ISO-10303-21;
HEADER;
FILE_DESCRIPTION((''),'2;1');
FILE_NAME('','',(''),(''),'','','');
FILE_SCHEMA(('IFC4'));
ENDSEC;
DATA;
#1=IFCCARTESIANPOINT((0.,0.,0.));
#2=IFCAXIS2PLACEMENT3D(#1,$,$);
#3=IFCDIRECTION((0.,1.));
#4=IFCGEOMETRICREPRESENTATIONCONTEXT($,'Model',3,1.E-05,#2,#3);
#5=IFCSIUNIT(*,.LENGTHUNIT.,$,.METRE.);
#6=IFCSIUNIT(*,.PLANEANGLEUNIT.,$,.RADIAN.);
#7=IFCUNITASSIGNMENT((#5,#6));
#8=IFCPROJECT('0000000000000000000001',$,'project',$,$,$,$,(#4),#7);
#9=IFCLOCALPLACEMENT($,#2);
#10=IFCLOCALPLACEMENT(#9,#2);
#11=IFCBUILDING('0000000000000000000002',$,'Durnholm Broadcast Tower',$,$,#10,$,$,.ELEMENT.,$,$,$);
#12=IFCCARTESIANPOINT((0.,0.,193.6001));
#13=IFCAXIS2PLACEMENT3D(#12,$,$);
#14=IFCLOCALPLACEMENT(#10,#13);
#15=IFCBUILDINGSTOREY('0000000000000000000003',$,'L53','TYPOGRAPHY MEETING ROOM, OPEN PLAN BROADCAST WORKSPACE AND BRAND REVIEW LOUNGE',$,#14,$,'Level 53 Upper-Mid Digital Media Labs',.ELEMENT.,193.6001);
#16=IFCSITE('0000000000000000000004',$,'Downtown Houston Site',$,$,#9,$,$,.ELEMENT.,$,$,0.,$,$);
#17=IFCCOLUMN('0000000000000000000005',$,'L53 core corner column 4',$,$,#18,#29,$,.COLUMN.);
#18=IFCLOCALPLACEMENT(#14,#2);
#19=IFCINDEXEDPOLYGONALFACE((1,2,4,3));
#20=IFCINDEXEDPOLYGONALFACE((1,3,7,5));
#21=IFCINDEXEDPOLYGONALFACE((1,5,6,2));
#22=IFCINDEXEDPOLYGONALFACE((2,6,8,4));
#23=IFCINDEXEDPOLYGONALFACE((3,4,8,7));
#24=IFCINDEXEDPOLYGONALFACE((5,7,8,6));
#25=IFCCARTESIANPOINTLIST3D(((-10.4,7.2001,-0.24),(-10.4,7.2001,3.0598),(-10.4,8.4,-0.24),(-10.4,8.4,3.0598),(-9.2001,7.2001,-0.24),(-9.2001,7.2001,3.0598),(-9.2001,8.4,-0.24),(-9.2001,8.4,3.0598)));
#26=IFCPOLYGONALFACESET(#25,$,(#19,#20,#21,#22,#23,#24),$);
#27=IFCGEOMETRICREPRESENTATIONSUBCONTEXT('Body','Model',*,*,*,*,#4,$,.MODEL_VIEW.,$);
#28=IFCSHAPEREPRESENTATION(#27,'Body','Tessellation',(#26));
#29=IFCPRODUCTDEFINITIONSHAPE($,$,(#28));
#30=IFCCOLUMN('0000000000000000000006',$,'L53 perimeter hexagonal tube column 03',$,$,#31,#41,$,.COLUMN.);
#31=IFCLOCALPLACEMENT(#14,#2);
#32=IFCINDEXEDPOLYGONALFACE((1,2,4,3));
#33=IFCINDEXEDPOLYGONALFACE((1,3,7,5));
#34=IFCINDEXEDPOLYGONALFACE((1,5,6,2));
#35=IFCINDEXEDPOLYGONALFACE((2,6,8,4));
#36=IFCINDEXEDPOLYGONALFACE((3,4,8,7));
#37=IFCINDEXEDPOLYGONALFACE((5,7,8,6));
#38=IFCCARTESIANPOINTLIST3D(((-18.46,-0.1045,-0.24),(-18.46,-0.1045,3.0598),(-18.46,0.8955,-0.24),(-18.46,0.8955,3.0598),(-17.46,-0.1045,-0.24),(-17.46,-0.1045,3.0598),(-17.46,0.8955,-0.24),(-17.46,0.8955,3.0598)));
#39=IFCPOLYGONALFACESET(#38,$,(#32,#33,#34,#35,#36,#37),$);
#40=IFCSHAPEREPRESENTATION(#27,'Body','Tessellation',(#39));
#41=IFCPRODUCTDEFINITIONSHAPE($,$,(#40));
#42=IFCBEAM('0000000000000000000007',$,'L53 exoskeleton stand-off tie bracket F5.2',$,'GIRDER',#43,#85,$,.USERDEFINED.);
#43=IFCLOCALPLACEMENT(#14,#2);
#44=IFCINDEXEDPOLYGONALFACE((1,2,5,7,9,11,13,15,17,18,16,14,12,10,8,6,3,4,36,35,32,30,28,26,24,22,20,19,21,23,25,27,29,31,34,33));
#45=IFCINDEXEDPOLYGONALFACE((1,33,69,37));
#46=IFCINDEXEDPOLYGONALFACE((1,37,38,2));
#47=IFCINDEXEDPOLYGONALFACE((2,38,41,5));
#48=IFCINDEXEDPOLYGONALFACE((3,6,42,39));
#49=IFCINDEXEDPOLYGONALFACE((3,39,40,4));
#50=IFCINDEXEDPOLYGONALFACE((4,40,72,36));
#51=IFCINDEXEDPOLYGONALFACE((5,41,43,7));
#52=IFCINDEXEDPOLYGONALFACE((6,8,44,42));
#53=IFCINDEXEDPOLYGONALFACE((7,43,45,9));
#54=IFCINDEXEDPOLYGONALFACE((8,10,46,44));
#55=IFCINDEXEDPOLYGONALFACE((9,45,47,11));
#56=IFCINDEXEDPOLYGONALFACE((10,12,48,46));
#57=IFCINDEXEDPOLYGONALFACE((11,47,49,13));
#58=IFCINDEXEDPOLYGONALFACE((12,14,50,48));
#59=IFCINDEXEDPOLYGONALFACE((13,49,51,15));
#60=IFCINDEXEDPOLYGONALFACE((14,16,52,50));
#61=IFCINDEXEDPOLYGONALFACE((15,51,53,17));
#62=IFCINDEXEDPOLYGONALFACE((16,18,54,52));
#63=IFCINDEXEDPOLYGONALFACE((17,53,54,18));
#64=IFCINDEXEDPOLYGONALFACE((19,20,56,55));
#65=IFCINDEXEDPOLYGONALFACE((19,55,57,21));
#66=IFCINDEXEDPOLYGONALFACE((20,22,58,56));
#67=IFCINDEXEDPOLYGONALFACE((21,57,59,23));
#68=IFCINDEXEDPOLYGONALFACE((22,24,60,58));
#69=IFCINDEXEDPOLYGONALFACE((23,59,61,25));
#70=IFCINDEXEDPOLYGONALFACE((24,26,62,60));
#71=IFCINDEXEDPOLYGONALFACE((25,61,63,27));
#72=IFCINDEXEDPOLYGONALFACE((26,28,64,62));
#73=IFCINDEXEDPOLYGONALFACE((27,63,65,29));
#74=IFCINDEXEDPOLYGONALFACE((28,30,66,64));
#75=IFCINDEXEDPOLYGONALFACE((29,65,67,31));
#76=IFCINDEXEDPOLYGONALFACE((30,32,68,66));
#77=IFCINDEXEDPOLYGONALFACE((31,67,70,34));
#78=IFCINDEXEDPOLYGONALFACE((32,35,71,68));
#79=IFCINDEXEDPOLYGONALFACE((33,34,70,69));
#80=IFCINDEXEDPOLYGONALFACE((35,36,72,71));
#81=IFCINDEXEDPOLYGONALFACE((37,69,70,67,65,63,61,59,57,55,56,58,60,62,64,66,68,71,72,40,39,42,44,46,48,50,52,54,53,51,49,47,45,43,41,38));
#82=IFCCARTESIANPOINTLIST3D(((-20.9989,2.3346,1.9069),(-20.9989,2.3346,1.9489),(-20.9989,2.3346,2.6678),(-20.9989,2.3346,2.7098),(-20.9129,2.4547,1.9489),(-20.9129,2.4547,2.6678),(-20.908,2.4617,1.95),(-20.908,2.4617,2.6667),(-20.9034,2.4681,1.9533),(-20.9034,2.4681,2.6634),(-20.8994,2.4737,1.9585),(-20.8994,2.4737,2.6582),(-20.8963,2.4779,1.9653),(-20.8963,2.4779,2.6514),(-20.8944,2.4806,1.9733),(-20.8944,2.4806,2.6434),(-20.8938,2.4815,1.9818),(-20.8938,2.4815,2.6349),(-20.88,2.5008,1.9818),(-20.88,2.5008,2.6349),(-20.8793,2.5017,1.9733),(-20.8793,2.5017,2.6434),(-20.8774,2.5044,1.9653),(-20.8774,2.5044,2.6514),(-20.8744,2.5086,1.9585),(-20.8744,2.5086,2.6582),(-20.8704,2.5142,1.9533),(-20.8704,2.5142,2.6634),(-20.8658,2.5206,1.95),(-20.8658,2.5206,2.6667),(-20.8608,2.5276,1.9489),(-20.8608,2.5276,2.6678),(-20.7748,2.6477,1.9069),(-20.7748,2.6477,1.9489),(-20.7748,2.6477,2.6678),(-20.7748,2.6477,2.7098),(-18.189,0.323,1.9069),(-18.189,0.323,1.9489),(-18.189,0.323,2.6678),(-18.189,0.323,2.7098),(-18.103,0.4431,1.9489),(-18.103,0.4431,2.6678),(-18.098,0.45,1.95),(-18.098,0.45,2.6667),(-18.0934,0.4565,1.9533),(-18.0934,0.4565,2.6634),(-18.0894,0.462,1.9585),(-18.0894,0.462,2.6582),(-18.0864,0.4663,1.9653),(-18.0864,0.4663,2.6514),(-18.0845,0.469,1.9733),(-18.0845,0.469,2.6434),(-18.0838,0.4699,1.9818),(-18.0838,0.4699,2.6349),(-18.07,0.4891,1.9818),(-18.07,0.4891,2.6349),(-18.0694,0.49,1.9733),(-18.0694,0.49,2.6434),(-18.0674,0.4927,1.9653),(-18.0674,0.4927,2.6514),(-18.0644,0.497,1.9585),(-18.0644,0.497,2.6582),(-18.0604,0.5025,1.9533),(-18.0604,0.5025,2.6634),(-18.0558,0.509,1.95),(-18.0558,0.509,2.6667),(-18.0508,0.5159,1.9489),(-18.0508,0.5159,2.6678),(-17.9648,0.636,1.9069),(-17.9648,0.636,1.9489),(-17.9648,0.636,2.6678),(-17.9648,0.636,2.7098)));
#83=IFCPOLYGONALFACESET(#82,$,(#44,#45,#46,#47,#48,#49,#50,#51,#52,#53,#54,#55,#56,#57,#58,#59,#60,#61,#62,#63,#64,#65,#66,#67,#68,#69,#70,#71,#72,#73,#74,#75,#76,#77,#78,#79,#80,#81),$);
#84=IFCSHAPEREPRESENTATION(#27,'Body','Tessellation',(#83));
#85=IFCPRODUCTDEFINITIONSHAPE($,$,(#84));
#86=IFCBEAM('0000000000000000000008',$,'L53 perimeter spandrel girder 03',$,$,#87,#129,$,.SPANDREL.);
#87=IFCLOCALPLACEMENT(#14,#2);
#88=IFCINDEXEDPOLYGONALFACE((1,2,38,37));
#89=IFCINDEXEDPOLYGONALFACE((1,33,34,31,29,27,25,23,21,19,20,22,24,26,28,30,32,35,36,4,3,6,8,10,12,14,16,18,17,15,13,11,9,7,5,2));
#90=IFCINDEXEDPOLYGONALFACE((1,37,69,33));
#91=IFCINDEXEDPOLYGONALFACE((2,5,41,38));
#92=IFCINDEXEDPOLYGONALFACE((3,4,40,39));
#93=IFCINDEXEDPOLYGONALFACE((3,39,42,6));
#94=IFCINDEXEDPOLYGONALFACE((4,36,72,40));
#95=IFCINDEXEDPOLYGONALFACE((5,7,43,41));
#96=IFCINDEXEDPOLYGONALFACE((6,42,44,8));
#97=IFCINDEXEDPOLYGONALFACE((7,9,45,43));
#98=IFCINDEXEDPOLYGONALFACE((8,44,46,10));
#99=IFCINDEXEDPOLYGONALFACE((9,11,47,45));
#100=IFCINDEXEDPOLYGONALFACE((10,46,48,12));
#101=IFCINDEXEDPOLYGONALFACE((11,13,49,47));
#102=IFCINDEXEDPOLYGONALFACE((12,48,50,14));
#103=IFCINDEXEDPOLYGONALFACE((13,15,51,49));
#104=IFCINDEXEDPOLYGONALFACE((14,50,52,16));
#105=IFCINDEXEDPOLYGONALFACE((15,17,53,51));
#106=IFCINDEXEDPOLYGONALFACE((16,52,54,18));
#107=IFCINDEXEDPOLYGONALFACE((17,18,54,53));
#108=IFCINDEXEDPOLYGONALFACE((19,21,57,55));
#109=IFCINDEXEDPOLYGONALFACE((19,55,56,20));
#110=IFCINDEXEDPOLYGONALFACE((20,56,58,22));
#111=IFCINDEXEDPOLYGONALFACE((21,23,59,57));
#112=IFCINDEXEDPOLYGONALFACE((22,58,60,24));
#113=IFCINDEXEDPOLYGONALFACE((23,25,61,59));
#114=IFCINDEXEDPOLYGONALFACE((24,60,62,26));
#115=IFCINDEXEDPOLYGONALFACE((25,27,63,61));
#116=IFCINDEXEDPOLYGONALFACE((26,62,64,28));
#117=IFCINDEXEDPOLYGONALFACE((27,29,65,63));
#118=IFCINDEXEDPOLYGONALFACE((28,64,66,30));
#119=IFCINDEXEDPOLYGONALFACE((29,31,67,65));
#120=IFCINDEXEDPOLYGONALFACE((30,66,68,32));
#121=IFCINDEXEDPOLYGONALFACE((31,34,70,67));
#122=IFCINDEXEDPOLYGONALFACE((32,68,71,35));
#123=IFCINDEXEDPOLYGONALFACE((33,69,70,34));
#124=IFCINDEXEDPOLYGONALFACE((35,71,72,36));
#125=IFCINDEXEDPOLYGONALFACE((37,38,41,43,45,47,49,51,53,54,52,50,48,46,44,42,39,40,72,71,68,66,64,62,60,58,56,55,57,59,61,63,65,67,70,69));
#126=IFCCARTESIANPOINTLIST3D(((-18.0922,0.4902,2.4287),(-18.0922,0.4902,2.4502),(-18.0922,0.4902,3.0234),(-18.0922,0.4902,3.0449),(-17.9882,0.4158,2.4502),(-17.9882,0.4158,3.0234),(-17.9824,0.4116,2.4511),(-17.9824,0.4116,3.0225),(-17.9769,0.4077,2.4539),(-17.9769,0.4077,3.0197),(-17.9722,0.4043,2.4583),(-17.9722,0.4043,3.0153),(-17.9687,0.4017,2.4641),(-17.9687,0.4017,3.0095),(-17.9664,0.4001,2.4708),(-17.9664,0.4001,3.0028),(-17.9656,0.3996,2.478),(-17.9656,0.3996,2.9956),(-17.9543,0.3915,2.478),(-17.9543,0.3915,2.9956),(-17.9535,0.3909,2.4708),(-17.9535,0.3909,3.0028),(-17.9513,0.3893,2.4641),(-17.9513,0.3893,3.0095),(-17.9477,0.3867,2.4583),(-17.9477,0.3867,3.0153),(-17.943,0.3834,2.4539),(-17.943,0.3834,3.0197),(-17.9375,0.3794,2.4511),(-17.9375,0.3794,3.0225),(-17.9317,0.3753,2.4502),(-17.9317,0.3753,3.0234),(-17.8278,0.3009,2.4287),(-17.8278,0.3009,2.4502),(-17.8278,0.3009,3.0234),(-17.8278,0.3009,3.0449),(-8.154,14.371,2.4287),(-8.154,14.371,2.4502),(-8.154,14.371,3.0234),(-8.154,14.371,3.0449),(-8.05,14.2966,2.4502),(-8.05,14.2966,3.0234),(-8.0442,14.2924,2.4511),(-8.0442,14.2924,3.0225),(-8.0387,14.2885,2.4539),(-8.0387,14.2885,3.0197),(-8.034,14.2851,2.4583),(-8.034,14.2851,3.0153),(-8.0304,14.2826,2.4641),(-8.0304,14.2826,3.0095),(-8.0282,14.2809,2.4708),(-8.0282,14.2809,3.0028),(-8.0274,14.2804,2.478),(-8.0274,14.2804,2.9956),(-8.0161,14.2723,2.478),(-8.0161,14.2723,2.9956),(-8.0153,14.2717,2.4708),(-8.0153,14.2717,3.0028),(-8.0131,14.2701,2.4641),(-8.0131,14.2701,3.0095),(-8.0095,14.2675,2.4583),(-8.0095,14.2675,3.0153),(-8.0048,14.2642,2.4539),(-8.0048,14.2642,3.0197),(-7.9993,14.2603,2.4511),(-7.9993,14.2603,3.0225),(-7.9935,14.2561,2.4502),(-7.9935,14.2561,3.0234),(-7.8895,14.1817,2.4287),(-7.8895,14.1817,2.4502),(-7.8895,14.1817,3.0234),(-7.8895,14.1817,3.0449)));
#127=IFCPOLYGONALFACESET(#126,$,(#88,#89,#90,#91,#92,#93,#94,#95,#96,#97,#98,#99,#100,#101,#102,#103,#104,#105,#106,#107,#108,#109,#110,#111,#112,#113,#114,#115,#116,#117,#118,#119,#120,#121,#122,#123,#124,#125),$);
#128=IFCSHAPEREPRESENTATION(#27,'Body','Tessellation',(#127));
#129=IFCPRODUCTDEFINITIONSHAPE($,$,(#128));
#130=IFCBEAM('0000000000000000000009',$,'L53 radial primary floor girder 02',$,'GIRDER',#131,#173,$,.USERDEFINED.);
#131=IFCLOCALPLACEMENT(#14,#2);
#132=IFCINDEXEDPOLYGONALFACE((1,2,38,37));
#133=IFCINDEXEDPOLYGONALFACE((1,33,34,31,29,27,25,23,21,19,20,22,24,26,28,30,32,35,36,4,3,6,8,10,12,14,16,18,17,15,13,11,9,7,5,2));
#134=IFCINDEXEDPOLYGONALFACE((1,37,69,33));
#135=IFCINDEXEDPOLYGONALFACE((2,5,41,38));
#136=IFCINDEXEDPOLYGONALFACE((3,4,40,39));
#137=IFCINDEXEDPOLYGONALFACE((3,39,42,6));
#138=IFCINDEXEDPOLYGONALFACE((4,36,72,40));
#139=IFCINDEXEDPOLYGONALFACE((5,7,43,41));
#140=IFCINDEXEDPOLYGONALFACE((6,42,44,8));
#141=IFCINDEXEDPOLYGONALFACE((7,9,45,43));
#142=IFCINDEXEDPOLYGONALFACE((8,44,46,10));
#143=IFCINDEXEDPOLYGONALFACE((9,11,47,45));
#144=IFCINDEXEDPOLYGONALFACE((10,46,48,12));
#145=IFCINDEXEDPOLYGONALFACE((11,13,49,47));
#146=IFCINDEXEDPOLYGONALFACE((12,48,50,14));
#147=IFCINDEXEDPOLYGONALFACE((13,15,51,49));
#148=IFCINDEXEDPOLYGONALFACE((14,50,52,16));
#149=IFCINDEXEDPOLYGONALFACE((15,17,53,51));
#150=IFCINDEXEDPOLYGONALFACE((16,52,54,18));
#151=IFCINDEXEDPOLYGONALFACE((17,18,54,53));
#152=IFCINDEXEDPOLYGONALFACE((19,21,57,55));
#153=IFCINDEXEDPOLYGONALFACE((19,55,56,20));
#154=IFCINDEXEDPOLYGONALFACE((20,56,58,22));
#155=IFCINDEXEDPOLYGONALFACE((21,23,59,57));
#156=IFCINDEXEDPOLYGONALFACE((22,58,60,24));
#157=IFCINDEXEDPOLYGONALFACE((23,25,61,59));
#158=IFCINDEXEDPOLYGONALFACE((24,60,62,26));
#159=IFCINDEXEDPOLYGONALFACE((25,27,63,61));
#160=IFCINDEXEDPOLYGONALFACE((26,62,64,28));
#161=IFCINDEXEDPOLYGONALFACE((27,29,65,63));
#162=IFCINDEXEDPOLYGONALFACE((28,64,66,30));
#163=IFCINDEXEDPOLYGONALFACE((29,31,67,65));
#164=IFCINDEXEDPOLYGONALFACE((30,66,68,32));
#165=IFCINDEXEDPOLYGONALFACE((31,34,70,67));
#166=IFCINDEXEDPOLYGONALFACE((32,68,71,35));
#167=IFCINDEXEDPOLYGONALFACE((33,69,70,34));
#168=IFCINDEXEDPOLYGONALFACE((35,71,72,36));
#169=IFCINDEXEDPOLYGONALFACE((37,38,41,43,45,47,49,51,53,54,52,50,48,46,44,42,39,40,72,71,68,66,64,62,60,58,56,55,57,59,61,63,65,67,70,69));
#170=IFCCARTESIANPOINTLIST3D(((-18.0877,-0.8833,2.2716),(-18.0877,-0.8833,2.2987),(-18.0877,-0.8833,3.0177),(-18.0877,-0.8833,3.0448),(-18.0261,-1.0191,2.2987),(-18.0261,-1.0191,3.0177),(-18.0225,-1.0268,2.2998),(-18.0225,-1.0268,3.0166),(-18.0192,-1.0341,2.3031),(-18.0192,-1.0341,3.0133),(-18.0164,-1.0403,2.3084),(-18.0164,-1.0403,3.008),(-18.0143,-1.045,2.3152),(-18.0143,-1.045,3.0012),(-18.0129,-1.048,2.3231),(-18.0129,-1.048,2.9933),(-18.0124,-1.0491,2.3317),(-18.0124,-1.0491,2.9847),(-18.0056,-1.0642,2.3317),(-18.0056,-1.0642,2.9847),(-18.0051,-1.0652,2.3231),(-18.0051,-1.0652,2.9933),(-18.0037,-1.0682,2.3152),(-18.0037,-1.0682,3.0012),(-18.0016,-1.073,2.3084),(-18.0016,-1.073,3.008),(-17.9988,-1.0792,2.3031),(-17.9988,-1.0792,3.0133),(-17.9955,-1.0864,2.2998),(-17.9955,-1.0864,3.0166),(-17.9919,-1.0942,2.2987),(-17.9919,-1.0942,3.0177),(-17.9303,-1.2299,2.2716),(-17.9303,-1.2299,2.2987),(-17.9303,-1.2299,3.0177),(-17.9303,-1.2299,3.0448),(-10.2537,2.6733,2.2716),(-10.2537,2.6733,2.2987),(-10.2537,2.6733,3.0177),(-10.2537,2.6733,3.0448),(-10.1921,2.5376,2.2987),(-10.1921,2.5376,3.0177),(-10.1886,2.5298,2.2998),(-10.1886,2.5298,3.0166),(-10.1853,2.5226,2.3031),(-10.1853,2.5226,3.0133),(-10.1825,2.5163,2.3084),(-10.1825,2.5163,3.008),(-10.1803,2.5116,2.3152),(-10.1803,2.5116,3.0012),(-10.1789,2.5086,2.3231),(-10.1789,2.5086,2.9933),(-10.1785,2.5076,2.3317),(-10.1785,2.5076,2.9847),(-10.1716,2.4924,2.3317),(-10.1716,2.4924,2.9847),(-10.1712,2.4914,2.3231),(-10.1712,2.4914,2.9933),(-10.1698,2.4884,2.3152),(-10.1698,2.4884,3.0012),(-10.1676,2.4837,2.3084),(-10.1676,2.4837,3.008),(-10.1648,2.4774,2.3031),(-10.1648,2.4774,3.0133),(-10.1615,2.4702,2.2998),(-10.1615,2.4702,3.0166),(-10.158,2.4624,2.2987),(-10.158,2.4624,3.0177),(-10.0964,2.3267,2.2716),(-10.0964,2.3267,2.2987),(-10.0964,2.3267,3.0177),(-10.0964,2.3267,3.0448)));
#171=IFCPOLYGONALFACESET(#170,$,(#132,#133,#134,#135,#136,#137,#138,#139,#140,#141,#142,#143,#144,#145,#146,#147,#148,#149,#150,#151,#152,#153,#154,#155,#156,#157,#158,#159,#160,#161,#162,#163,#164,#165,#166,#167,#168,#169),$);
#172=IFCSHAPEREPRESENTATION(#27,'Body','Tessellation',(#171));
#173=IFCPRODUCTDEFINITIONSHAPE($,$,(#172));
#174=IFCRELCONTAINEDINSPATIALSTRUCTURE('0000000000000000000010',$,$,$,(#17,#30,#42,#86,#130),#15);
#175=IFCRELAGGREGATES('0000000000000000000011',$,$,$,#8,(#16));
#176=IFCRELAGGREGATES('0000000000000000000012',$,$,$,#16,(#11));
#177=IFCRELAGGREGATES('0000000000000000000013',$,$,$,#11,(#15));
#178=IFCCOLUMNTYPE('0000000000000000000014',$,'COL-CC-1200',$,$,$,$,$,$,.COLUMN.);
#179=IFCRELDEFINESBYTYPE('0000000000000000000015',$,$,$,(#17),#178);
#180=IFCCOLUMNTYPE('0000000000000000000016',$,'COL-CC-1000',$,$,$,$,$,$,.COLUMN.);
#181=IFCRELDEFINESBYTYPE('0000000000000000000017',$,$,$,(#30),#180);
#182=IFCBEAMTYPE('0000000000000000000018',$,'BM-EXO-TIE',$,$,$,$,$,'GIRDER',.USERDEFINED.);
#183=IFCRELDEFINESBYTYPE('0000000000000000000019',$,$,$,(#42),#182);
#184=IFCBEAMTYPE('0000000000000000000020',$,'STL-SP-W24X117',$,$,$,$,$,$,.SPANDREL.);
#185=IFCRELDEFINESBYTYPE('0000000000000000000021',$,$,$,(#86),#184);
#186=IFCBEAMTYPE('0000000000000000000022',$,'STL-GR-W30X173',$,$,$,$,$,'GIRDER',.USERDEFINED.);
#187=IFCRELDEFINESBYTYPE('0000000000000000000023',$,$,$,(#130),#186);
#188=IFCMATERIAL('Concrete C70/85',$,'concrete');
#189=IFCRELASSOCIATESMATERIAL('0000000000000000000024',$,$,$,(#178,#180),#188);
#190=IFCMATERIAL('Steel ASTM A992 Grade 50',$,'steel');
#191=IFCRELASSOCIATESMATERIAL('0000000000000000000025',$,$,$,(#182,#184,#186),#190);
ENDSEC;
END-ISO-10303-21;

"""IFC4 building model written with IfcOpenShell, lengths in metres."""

from ifc_helpers import new_model, si_unit, direction, frame, origin, origin_2d, place, context, subcontext, project, spatial, rectangle, i_section, extrude, source, transform, mapped, material, material_profile, profile_set, type_object, type_shapes, element, save


model = new_model("IFC4")

# Units and contexts
model_context = context("Model", 3, precision=1e-05, world=origin(), true_north=direction((0.0, 1.0)))
body_context = subcontext(model_context, "Body", "Model", "MODEL_VIEW")
ifc_project = project(units=[si_unit("LENGTHUNIT", "METRE"), si_unit("PLANEANGLEUNIT", "RADIAN")], contexts=[model_context])

# Site, building, storey
site_placement = place(None, origin())
site = spatial("IfcSite", under=ifc_project, at=site_placement, Name="Downtown Houston Site", CompositionType="ELEMENT", RefElevation=0.0)
building_placement = place(site_placement, origin())
building = spatial("IfcBuilding", under=site, at=building_placement, Name="Durnholm Broadcast Tower", CompositionType="ELEMENT")
storey_placement = place(building_placement, frame((0.0, 0.0, 193.6001)))
storey = spatial("IfcBuildingStorey", under=building, at=storey_placement, Name="L53", Description="TYPOGRAPHY MEETING ROOM, OPEN PLAN BROADCAST WORKSPACE AND BRAND REVIEW LOUNGE", LongName="Level 53 Upper-Mid Digital Media Labs", CompositionType="ELEMENT", Elevation=193.6001)

# Columns
ifc_material_1 = material(Name="Concrete C70/85", Category="concrete")
ifc_material_profile_1 = material_profile(ifc_material_1, rectangle(XDim=1.2, YDim=1.2, at=origin_2d()), Name="RC1200X1200")
ifc_profile_set_1 = profile_set([ifc_material_profile_1], Name="Concrete C70/85")
column_type_1 = type_object("IfcColumnType", Name="COL-CC-1200", PredefinedType="COLUMN", material=ifc_profile_set_1)
shared_shape_1 = source(origin(), body_context, "Body", "SweptSolid", [
    extrude(rectangle(XDim=1.2, YDim=1.2, at=origin_2d()), origin(), (0.0, 0.0, 1.0), 3.2998),
])
type_shapes(column_type_1, [shared_shape_1])
column_1_placement = place(storey_placement, frame((-9.8, 7.8, -0.24), z_axis=(0.0, 0.0, 1.0), x_axis=(1.0, 0.0, 0.0)))
element("IfcColumn", 1, at=column_1_placement, inside=storey, type_object=column_type_1, Name="L53 core corner column 4", PredefinedType="COLUMN", context=body_context, shape_type="MappedRepresentation", body=[
    mapped(shared_shape_1, transform((0.0, 0.0, 0.0), x_axis=(1.0, 0.0, 0.0), y_axis=(0.0, 1.0, 0.0), z_axis=(0.0, 0.0, 1.0), scale=1.0)),
])
ifc_material_profile_2 = material_profile(ifc_material_1, rectangle(XDim=1.0, YDim=1.0, at=origin_2d()), Name="RC1000X1000")
ifc_profile_set_2 = profile_set([ifc_material_profile_2], Name="Concrete C70/85")
column_type_2 = type_object("IfcColumnType", Name="COL-CC-1000", PredefinedType="COLUMN", material=ifc_profile_set_2)
shared_shape_2 = source(origin(), body_context, "Body", "SweptSolid", [
    extrude(rectangle(XDim=1.0, YDim=1.0, at=origin_2d()), origin(), (0.0, 0.0, 1.0), 3.2998),
])
type_shapes(column_type_2, [shared_shape_2])
column_2_placement = place(storey_placement, frame((-17.96, 0.3955, -0.24), z_axis=(0.0, 0.0, 1.0), x_axis=(1.0, 0.0, 0.0)))
element("IfcColumn", 2, at=column_2_placement, inside=storey, type_object=column_type_2, Name="L53 perimeter hexagonal tube column 03", PredefinedType="COLUMN", context=body_context, shape_type="MappedRepresentation", body=[
    mapped(shared_shape_2, transform((0.0, 0.0, 0.0), x_axis=(1.0, 0.0, 0.0), y_axis=(0.0, 1.0, 0.0), z_axis=(0.0, 0.0, 1.0), scale=1.0)),
])

# Beams
ifc_material_2 = material(Name="Steel ASTM A992 Grade 50", Category="steel")
ifc_material_profile_3 = material_profile(ifc_material_2, i_section(OverallWidth=0.385, OverallDepth=0.803, WebThickness=0.0237, FlangeThickness=0.042, FilletRadius=0.033, at=origin_2d()), Name="W30X261")
ifc_profile_set_3 = profile_set([ifc_material_profile_3], Name="Steel ASTM A992 Grade 50")
beam_type_1 = type_object("IfcBeamType", Name="BM-EXO-TIE", ElementType="GIRDER", PredefinedType="USERDEFINED", material=ifc_profile_set_3)
shared_shape_3 = source(origin(), body_context, "Body", "SweptSolid", [
    extrude(i_section(OverallWidth=0.385, OverallDepth=0.803, WebThickness=0.0237, FlangeThickness=0.042, FilletRadius=0.033, at=origin_2d()), origin(), (0.0, 0.0, 1.0), 3.4558),
])
type_shapes(beam_type_1, [shared_shape_3])
beam_1_placement = place(storey_placement, frame((-18.0769, 0.4795, 2.3083), z_axis=(-0.813112, 0.582107, 0.0), x_axis=(-0.582107, -0.813112, 0.0)))
element("IfcBeam", 3, at=beam_1_placement, inside=storey, type_object=beam_type_1, Name="L53 exoskeleton stand-off tie bracket F5.2", ObjectType="GIRDER", PredefinedType="USERDEFINED", context=body_context, shape_type="MappedRepresentation", body=[
    mapped(shared_shape_3, transform((0.0, 0.0, 0.0), x_axis=(1.0, 0.0, 0.0), y_axis=(0.0, 1.0, 0.0), z_axis=(0.0, 0.0, 1.0), scale=1.0)),
])
ifc_material_profile_4 = material_profile(ifc_material_2, i_section(OverallWidth=0.3252, OverallDepth=0.6162, WebThickness=0.0139, FlangeThickness=0.0215, FilletRadius=0.0278, at=origin_2d()), Name="W24X117")
ifc_profile_set_4 = profile_set([ifc_material_profile_4], Name="Steel ASTM A992 Grade 50")
beam_type_2 = type_object("IfcBeamType", Name="STL-SP-W24X117", PredefinedType="SPANDREL", material=ifc_profile_set_4)
shared_shape_4 = source(origin(), body_context, "Body", "SweptSolid", [
    extrude(i_section(OverallWidth=0.3252, OverallDepth=0.6162, WebThickness=0.0139, FlangeThickness=0.0215, FilletRadius=0.0278, at=origin_2d()), origin(), (0.0, 0.0, 1.0), 17.0718),
])
type_shapes(beam_type_2, [shared_shape_4])
beam_2_placement = place(storey_placement, frame((-17.96, 0.3955, 2.7368), z_axis=(0.582143, 0.813087, 0.0), x_axis=(-0.813087, 0.582143, 0.0)))
element("IfcBeam", 4, at=beam_2_placement, inside=storey, type_object=beam_type_2, Name="L53 perimeter spandrel girder 03", PredefinedType="SPANDREL", context=body_context, shape_type="MappedRepresentation", body=[
    mapped(shared_shape_4, transform((0.0, 0.0, 0.0), x_axis=(1.0, 0.0, 0.0), y_axis=(0.0, 1.0, 0.0), z_axis=(0.0, 0.0, 1.0), scale=1.0)),
])
ifc_material_profile_5 = material_profile(ifc_material_2, i_section(OverallWidth=0.3806, OverallDepth=0.7732, WebThickness=0.0166, FlangeThickness=0.0271, FilletRadius=0.033, at=origin_2d()), Name="W30X173")
ifc_profile_set_5 = profile_set([ifc_material_profile_5], Name="Steel ASTM A992 Grade 50")
beam_type_3 = type_object("IfcBeamType", Name="STL-GR-W30X173", ElementType="GIRDER", PredefinedType="USERDEFINED", material=ifc_profile_set_5)
shared_shape_5 = source(origin(), body_context, "Body", "SweptSolid", [
    extrude(i_section(OverallWidth=0.3806, OverallDepth=0.7732, WebThickness=0.0166, FlangeThickness=0.0271, FilletRadius=0.033, at=origin_2d()), origin(), (0.0, 0.0, 1.0), 8.6035),
])
beam_3_placement = place(storey_placement, frame((-10.175, 2.5, 2.6582), z_axis=(-0.910553, -0.413392, 0.0), x_axis=(0.413392, -0.910553, 0.0)))
element("IfcBeam", 5, at=beam_3_placement, inside=storey, type_object=beam_type_3, Name="L53 radial primary floor girder 02", ObjectType="GIRDER", PredefinedType="USERDEFINED", context=body_context, shape_type="MappedRepresentation", body=[
    mapped(shared_shape_5, transform((0.0, 0.0, 0.0), x_axis=(1.0, 0.0, 0.0), y_axis=(0.0, 1.0, 0.0), z_axis=(0.0, 0.0, 1.0), scale=1.0)),
])

save(model, "model.ifc")
